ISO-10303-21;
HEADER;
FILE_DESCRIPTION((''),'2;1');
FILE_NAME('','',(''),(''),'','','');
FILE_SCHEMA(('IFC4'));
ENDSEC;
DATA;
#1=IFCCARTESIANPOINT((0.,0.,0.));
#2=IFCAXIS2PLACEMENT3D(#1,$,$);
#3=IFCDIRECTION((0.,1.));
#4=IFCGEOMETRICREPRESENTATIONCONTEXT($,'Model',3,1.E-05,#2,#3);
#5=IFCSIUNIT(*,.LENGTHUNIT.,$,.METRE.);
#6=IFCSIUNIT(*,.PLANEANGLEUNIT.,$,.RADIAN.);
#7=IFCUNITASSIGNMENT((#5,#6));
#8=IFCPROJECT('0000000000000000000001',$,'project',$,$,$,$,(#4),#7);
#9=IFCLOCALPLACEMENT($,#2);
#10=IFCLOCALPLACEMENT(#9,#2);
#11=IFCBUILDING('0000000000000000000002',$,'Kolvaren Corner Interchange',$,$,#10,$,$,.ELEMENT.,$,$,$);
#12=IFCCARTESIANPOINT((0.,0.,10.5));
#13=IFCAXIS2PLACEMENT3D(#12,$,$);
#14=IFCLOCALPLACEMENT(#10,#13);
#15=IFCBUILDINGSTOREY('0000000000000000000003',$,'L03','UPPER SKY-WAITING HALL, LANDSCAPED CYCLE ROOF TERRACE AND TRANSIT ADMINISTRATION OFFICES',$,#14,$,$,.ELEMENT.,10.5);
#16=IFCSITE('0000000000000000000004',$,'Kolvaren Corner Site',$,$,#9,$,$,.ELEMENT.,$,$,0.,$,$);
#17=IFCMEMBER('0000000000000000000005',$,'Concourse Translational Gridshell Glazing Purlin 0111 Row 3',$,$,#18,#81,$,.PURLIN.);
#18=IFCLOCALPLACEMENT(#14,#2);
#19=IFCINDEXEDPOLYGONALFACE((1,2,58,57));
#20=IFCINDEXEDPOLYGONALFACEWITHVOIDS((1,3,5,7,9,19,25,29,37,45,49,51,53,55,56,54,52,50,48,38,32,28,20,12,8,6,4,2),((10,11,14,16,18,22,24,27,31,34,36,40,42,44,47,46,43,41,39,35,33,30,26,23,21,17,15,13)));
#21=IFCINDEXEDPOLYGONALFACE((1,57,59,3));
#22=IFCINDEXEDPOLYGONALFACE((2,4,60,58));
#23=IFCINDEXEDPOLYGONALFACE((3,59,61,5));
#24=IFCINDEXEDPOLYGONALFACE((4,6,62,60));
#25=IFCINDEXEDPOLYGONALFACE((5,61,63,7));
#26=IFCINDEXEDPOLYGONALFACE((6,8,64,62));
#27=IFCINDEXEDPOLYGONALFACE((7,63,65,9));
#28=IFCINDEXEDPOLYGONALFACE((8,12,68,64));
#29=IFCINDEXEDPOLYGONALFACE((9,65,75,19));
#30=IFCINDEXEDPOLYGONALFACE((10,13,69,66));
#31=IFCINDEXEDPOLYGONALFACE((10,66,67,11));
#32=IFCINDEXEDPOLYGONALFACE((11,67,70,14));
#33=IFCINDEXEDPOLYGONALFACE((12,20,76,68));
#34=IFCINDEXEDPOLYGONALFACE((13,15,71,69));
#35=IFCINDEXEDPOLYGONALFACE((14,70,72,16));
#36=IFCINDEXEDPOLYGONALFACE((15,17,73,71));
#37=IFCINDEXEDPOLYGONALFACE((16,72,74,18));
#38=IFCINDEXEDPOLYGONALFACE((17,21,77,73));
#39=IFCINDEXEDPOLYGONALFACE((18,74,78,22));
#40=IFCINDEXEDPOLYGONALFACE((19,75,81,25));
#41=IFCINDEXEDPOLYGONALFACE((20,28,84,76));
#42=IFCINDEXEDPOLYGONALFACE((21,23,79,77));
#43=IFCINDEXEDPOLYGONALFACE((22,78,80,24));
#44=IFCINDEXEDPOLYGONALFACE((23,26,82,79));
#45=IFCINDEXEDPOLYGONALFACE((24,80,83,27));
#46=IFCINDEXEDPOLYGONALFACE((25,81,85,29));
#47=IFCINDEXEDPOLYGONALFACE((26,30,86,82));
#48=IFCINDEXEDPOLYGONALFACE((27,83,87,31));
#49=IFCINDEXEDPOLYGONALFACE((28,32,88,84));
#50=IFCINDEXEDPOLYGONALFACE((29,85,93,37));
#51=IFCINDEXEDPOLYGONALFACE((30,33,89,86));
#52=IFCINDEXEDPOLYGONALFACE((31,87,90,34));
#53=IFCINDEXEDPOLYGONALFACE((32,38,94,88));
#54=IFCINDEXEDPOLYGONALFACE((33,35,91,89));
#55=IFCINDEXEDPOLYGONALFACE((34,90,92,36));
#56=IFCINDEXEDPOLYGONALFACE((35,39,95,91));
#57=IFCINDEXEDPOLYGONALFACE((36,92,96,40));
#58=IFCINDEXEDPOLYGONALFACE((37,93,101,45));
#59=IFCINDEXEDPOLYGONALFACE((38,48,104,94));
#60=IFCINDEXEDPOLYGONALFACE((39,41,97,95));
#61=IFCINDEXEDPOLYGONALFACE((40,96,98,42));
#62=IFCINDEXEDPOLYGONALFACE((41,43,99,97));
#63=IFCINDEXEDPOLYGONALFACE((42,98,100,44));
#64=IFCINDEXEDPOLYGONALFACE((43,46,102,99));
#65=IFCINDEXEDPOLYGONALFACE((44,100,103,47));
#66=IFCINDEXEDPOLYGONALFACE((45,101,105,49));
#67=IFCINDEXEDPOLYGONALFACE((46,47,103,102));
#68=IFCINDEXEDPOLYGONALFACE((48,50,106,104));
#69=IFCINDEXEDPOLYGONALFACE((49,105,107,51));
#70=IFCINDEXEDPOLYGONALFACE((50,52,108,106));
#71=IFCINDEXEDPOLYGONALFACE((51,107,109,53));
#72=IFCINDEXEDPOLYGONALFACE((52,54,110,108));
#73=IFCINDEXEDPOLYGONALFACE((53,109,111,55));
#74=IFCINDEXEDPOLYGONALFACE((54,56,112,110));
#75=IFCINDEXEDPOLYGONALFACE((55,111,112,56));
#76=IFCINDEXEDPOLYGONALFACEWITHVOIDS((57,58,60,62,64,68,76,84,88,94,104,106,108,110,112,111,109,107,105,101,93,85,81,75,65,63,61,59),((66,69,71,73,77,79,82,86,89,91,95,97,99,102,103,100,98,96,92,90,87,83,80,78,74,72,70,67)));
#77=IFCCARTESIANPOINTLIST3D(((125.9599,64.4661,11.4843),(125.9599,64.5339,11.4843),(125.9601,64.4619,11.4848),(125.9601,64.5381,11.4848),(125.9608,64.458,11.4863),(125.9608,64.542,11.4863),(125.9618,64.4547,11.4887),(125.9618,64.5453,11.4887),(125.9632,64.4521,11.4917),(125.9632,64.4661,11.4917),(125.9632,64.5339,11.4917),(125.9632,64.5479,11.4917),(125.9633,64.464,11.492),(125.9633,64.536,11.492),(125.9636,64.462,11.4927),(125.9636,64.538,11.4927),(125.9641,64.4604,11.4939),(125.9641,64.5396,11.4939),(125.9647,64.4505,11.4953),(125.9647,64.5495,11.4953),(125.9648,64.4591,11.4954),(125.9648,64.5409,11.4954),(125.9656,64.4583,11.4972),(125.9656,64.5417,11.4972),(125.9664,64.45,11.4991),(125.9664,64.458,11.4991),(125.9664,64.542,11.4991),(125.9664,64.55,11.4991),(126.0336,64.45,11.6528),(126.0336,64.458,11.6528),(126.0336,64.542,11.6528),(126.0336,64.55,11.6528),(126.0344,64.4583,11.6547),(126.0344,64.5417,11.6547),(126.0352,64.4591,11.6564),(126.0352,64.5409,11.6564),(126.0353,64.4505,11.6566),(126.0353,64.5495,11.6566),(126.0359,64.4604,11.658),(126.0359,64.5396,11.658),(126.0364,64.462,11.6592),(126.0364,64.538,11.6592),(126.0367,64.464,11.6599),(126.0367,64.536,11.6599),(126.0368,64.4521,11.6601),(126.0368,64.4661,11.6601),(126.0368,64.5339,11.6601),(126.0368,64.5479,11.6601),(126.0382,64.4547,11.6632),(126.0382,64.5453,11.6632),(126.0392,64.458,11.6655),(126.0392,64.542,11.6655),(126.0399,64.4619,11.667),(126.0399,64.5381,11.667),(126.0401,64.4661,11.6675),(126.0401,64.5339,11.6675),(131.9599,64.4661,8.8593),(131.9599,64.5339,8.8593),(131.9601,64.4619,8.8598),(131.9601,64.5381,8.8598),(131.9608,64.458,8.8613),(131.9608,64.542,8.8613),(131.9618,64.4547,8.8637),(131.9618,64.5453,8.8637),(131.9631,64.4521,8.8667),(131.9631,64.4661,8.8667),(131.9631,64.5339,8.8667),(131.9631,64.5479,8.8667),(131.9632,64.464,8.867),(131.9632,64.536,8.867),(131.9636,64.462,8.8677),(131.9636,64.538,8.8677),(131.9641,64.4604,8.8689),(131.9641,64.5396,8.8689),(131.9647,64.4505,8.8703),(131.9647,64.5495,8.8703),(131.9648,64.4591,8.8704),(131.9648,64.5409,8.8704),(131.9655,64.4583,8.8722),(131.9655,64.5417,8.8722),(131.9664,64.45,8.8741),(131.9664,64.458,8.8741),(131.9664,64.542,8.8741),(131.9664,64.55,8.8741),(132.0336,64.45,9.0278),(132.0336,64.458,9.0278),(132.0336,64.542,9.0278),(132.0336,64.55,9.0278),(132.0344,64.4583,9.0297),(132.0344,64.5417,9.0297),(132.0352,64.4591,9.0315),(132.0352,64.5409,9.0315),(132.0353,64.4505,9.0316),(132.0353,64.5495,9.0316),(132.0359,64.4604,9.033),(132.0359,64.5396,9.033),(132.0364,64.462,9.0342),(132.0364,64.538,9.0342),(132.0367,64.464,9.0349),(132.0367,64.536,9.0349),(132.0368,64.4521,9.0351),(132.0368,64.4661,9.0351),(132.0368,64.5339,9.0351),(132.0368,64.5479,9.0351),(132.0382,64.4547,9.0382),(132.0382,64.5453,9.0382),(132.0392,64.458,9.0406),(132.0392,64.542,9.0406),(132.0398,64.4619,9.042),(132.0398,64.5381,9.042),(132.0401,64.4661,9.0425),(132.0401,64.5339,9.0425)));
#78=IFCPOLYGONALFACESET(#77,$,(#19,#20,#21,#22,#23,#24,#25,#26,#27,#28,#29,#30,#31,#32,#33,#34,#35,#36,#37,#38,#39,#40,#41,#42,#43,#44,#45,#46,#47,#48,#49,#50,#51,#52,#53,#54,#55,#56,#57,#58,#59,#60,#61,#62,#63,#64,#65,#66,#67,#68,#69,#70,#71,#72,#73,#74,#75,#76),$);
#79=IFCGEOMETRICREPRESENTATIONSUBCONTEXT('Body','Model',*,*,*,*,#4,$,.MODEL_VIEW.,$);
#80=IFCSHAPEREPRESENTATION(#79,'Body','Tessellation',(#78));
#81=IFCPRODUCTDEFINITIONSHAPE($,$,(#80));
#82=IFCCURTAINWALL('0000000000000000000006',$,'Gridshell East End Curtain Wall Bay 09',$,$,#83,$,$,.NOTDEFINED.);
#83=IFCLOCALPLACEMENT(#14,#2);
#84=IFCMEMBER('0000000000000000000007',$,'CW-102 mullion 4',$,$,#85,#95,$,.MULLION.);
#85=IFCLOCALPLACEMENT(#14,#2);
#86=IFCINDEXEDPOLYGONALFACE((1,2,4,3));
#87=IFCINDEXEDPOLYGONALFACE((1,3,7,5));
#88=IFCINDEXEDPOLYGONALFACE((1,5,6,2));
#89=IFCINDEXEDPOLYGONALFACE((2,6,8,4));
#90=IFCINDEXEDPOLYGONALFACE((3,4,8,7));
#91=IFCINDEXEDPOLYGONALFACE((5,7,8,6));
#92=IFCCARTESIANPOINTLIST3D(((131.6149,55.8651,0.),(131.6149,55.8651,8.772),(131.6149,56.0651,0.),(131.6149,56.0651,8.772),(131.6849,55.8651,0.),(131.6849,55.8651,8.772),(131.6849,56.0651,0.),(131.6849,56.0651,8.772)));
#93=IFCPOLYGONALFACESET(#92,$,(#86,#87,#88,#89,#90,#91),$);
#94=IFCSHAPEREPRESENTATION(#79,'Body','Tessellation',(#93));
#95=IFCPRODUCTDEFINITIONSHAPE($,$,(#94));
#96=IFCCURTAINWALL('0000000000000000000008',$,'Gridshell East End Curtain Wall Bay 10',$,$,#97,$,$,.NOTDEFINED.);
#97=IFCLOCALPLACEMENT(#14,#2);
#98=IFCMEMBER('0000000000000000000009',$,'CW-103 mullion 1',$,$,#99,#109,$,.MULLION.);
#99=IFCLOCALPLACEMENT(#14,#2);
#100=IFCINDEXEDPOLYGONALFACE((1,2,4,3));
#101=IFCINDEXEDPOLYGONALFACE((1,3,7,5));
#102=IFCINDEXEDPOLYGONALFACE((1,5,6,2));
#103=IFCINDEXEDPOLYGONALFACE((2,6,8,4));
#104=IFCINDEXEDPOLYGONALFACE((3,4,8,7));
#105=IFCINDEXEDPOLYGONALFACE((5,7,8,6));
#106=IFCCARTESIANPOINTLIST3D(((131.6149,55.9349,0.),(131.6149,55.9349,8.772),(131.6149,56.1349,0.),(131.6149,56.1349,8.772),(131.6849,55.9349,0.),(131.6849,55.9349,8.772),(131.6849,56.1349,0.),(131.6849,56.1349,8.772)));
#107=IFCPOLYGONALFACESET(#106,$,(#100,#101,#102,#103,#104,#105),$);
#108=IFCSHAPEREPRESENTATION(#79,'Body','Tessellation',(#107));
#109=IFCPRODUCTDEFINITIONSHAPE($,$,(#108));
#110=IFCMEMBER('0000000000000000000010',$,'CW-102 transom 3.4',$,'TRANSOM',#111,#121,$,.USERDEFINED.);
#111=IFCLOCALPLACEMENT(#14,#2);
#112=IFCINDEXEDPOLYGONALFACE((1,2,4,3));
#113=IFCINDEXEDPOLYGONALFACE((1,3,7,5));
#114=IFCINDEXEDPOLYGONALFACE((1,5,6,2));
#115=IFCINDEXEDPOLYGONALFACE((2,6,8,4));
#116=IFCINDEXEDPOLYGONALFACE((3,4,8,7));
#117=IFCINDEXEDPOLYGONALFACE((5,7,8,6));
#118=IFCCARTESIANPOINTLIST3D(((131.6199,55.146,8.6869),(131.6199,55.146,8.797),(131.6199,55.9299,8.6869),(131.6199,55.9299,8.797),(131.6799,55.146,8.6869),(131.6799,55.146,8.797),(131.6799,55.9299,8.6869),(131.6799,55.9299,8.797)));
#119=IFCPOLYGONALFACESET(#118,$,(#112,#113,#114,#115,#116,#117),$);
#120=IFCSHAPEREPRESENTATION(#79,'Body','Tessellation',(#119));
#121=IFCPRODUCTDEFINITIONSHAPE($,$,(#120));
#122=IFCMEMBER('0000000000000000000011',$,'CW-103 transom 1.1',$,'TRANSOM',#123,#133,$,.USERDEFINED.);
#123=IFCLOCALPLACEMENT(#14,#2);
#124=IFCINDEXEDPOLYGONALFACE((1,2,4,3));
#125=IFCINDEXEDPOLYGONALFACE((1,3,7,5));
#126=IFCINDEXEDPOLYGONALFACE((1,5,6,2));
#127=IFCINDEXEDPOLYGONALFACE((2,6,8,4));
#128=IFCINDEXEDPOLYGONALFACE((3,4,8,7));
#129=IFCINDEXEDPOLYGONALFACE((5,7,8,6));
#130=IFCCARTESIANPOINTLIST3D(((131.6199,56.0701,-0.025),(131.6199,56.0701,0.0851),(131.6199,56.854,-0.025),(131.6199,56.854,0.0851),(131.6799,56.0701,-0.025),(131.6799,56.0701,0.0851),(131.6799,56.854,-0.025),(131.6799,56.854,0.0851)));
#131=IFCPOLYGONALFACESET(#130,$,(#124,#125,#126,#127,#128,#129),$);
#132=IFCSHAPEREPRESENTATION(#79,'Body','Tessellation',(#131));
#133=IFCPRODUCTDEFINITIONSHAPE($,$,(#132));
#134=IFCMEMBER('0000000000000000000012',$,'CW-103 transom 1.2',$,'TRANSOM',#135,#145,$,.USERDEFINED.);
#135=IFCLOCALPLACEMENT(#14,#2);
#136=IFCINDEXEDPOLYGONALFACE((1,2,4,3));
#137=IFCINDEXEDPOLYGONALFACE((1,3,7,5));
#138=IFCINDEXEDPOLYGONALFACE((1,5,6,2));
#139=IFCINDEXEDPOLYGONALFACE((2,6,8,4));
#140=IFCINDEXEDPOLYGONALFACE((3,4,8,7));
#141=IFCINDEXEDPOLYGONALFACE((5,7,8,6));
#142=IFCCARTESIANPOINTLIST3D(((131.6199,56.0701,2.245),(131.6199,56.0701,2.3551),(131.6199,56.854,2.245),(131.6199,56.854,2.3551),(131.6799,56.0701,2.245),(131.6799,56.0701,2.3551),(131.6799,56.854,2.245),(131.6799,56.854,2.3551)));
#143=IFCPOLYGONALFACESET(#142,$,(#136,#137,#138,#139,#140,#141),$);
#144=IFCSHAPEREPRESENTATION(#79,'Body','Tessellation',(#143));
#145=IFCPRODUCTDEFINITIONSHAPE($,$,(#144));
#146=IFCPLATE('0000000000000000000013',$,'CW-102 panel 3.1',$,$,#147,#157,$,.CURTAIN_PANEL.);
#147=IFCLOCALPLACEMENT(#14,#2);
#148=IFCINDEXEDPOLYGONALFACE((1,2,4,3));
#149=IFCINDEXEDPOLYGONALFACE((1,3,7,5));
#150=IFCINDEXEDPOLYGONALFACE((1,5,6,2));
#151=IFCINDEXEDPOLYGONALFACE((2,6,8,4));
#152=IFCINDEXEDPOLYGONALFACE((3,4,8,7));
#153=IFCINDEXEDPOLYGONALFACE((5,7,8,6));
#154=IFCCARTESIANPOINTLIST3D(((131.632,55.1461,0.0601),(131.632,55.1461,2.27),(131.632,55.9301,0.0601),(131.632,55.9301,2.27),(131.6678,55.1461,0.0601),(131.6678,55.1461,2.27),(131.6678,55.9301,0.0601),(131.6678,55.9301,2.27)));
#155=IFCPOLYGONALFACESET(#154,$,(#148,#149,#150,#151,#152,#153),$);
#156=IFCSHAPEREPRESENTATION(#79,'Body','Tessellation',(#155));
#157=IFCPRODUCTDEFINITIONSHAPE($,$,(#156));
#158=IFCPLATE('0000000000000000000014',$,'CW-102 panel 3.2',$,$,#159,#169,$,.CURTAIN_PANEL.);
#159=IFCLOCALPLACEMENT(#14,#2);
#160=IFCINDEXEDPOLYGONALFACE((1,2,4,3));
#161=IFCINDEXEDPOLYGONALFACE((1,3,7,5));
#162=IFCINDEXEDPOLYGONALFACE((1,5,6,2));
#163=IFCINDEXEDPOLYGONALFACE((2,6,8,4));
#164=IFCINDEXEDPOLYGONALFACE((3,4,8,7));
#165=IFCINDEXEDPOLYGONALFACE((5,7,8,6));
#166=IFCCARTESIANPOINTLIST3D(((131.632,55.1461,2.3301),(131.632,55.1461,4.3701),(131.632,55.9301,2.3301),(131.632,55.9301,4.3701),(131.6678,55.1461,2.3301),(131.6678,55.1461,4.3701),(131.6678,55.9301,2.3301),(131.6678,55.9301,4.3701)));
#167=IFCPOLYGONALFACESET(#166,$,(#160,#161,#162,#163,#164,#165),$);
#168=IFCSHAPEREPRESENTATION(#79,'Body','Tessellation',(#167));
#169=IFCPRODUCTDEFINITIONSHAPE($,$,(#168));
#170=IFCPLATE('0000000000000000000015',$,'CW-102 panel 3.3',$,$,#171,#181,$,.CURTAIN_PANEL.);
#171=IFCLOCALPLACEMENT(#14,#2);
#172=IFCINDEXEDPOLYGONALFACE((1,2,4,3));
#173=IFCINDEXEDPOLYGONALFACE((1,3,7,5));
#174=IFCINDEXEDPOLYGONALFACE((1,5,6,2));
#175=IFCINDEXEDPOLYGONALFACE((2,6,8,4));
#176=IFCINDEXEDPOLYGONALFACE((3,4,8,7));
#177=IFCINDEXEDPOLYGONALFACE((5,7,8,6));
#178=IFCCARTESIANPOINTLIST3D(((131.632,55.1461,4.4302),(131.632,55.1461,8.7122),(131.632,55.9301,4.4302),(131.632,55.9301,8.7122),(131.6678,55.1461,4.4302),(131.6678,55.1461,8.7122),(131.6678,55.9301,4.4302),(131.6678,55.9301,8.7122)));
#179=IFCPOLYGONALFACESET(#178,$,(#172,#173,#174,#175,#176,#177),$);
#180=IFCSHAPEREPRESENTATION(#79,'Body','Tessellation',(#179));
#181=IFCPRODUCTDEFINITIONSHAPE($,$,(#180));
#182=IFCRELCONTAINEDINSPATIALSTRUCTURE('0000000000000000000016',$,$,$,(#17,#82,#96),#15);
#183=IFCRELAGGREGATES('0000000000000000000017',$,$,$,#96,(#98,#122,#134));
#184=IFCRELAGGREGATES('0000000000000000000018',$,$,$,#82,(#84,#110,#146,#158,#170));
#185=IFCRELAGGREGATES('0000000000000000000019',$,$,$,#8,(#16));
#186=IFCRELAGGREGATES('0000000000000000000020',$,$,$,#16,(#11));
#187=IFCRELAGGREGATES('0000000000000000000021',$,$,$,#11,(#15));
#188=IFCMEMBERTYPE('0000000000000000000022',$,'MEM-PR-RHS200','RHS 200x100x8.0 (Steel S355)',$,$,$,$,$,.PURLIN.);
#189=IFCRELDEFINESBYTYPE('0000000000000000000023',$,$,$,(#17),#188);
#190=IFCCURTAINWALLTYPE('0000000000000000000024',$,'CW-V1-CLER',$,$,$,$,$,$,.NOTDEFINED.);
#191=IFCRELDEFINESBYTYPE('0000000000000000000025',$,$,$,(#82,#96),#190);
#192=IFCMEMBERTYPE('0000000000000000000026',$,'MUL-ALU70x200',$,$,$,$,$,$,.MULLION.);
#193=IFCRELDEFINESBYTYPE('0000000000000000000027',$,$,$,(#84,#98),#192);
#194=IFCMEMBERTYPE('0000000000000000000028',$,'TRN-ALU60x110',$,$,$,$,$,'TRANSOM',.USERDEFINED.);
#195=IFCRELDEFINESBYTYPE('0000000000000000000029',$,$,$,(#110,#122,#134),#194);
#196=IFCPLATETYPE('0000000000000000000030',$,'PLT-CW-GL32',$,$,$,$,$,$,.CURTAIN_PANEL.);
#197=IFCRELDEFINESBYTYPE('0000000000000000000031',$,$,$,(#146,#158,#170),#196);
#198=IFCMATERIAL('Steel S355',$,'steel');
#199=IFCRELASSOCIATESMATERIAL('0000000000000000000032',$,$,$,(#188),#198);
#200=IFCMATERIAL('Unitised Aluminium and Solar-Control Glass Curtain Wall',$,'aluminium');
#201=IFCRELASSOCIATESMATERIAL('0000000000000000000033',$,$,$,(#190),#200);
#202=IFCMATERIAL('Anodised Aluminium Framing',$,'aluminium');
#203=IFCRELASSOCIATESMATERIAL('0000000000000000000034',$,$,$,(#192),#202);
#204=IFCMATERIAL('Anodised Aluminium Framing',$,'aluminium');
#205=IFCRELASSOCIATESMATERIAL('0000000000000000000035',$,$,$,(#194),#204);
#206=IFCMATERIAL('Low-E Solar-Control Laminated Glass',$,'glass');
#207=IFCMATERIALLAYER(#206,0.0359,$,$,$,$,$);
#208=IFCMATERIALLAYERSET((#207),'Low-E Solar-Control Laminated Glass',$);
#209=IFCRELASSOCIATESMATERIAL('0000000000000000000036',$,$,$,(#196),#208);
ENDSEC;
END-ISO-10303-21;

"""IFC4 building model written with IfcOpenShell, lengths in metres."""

from ifc_helpers import new_model, si_unit, direction, frame, origin, origin_2d, place, context, subcontext, project, spatial, rectangle, hollow_rectangle, extrude, material, layer, layer_set, material_profile, profile_set, type_object, element, aggregate, save


model = new_model("IFC4")

# Units and contexts
model_context = context("Model", 3, precision=1e-05, world=origin(), true_north=direction((0.0, 1.0)))
body_context = subcontext(model_context, "Body", "Model", "MODEL_VIEW")
ifc_project = project(units=[si_unit("LENGTHUNIT", "METRE"), si_unit("PLANEANGLEUNIT", "RADIAN")], contexts=[model_context])

# Site, building, storey
site_placement = place(None, origin())
site = spatial("IfcSite", under=ifc_project, at=site_placement, Name="Kolvaren Corner Site", CompositionType="ELEMENT", RefElevation=0.0)
building_placement = place(site_placement, origin())
building = spatial("IfcBuilding", under=site, at=building_placement, Name="Kolvaren Corner Interchange", CompositionType="ELEMENT")
storey_placement = place(building_placement, frame((0.0, 0.0, 10.5)))
storey = spatial("IfcBuildingStorey", under=building, at=storey_placement, Name="L03", Description="UPPER SKY-WAITING HALL, LANDSCAPED CYCLE ROOF TERRACE AND TRANSIT ADMINISTRATION OFFICES", CompositionType="ELEMENT", Elevation=10.5)

# Member
ifc_material_1 = material(Name="Steel S355", Category="steel")
ifc_material_profile_1 = material_profile(ifc_material_1, hollow_rectangle(XDim=0.1001, YDim=0.2, WallThickness=0.0081, InnerFilletRadius=0.0081, OuterFilletRadius=0.0161, at=origin_2d()), Name="RHS 200x100x8.0")
ifc_profile_set_1 = profile_set([ifc_material_profile_1], Name="Steel S355")
member_type_1 = type_object("IfcMemberType", Name="MEM-PR-RHS200", Description="RHS 200x100x8.0 (Steel S355)", PredefinedType="PURLIN", material=ifc_profile_set_1)
for number, where, z_axis, x_axis, name in (
    (1, (126.0, 64.5, 11.5759), (0.916157, 0.0, -0.400819), (0.0, 1.0, 0.0), "Concourse Translational Gridshell Glazing Purlin 0111 Row 3"),
):
    element("IfcMember", number, at=place(storey_placement, frame(where, z_axis=z_axis, x_axis=x_axis)), inside=storey, type_object=member_type_1, Name=name, PredefinedType="PURLIN", context=body_context, shape_type="SweptSolid", body=[
        extrude(hollow_rectangle(XDim=0.1001, YDim=0.2, WallThickness=0.0081, InnerFilletRadius=0.0081, OuterFilletRadius=0.0161, at=origin_2d()), origin(), (0.0, 0.0, 1.0), 6.5491),
    ])

# Curtain walls, members
ifc_material_2 = material(Name="Unitised Aluminium and Solar-Control Glass Curtain Wall", Category="aluminium")
curtain_wall_type = type_object("IfcCurtainWallType", Name="CW-V1-CLER", PredefinedType="NOTDEFINED", material=ifc_material_2)
curtain_wall_1_placement = place(storey_placement, origin())
curtain_wall_1 = element("IfcCurtainWall", 2, at=curtain_wall_1_placement, inside=storey, type_object=curtain_wall_type, Name="Gridshell East End Curtain Wall Bay 09", PredefinedType="NOTDEFINED")
ifc_material_3 = material(Name="Anodised Aluminium Framing", Category="aluminium")
ifc_material_profile_2 = material_profile(ifc_material_3, rectangle(XDim=0.0701, YDim=0.2, at=origin_2d()), Name="ALU 70x200")
ifc_profile_set_2 = profile_set([ifc_material_profile_2], Name="Anodised Aluminium Framing")
member_type_2 = type_object("IfcMemberType", Name="MUL-ALU70x200", PredefinedType="MULLION", material=ifc_profile_set_2)
member_1_placement = place(storey_placement, frame((131.6499, 55.9651, 0.0), z_axis=(0.0, 0.0, 1.0), x_axis=(-1.0, 0.0, 0.0)))
member_1 = element("IfcMember", 3, at=member_1_placement, type_object=member_type_2, Name="CW-102 mullion 4", PredefinedType="MULLION", context=body_context, shape_type="SweptSolid", body=[
    extrude(rectangle(XDim=0.0701, YDim=0.2, at=origin_2d()), origin(), (0.0, 0.0, 1.0), 8.772),
])
curtain_wall_2_placement = place(storey_placement, origin())
curtain_wall_2 = element("IfcCurtainWall", 4, at=curtain_wall_2_placement, inside=storey, type_object=curtain_wall_type, Name="Gridshell East End Curtain Wall Bay 10", PredefinedType="NOTDEFINED")
member_2_placement = place(storey_placement, frame((131.6499, 56.0349, 0.0), z_axis=(0.0, 0.0, 1.0), x_axis=(-1.0, 0.0, 0.0)))
member_2 = element("IfcMember", 5, at=member_2_placement, type_object=member_type_2, Name="CW-103 mullion 1", PredefinedType="MULLION", context=body_context, shape_type="SweptSolid", body=[
    extrude(rectangle(XDim=0.0701, YDim=0.2, at=origin_2d()), origin(), (0.0, 0.0, 1.0), 8.772),
])

# Members
ifc_material_4 = material(Name="Anodised Aluminium Framing", Category="aluminium")
ifc_material_profile_3 = material_profile(ifc_material_4, rectangle(XDim=0.0601, YDim=0.1101, at=origin_2d()), Name="ALU 60x110")
ifc_profile_set_3 = profile_set([ifc_material_profile_3], Name="Anodised Aluminium Framing")
member_type_3 = type_object("IfcMemberType", Name="TRN-ALU60x110", ElementType="TRANSOM", PredefinedType="USERDEFINED", material=ifc_profile_set_3)
member_3_placement = place(storey_placement, frame((131.6499, 55.146, 8.7419), z_axis=(0.0, 1.0, 0.0), x_axis=(-1.0, 0.0, 0.0)))
member_3 = element("IfcMember", 6, at=member_3_placement, type_object=member_type_3, Name="CW-102 transom 3.4", ObjectType="TRANSOM", PredefinedType="USERDEFINED", context=body_context, shape_type="SweptSolid", body=[
    extrude(rectangle(XDim=0.0601, YDim=0.1101, at=origin_2d()), origin(), (0.0, 0.0, 1.0), 0.7839),
])
member_4_placement = place(storey_placement, frame((131.6499, 56.0701, 0.03), z_axis=(0.0, 1.0, 0.0), x_axis=(-1.0, 0.0, 0.0)))
member_4 = element("IfcMember", 7, at=member_4_placement, type_object=member_type_3, Name="CW-103 transom 1.1", ObjectType="TRANSOM", PredefinedType="USERDEFINED", context=body_context, shape_type="SweptSolid", body=[
    extrude(rectangle(XDim=0.0601, YDim=0.1101, at=origin_2d()), origin(), (0.0, 0.0, 1.0), 0.7839),
])
member_5_placement = place(storey_placement, frame((131.6499, 56.0701, 2.3), z_axis=(0.0, 1.0, 0.0), x_axis=(-1.0, 0.0, 0.0)))
member_5 = element("IfcMember", 8, at=member_5_placement, type_object=member_type_3, Name="CW-103 transom 1.2", ObjectType="TRANSOM", PredefinedType="USERDEFINED", context=body_context, shape_type="SweptSolid", body=[
    extrude(rectangle(XDim=0.0601, YDim=0.1101, at=origin_2d()), origin(), (0.0, 0.0, 1.0), 0.7839),
])
aggregate(curtain_wall_2, [member_2, member_4, member_5])

# Plates
ifc_material_5 = material(Name="Low-E Solar-Control Laminated Glass", Category="glass")
ifc_layer = layer(ifc_material_5, 0.0359)
ifc_layer_set = layer_set([ifc_layer], Name="Low-E Solar-Control Laminated Glass")
plate_type = type_object("IfcPlateType", Name="PLT-CW-GL32", PredefinedType="CURTAIN_PANEL", material=ifc_layer_set)
plate_1_placement = place(storey_placement, frame((131.6499, 55.5381, 0.0601), z_axis=(0.0, 0.0, 1.0), x_axis=(0.0, 1.0, 0.0)))
plate_1 = element("IfcPlate", 9, at=plate_1_placement, type_object=plate_type, Name="CW-102 panel 3.1", PredefinedType="CURTAIN_PANEL", context=body_context, shape_type="SweptSolid", body=[
    extrude(rectangle(XDim=0.7839, YDim=0.0359, at=origin_2d()), origin(), (0.0, 0.0, 1.0), 2.21),
])
plate_2_placement = place(storey_placement, frame((131.6499, 55.5381, 2.3301), z_axis=(0.0, 0.0, 1.0), x_axis=(0.0, 1.0, 0.0)))
plate_2 = element("IfcPlate", 10, at=plate_2_placement, type_object=plate_type, Name="CW-102 panel 3.2", PredefinedType="CURTAIN_PANEL", context=body_context, shape_type="SweptSolid", body=[
    extrude(rectangle(XDim=0.7839, YDim=0.0359, at=origin_2d()), origin(), (0.0, 0.0, 1.0), 2.04),
])
plate_3_placement = place(storey_placement, frame((131.6499, 55.5381, 4.4302), z_axis=(0.0, 0.0, 1.0), x_axis=(0.0, 1.0, 0.0)))
plate_3 = element("IfcPlate", 11, at=plate_3_placement, type_object=plate_type, Name="CW-102 panel 3.3", PredefinedType="CURTAIN_PANEL", context=body_context, shape_type="SweptSolid", body=[
    extrude(rectangle(XDim=0.7839, YDim=0.0359, at=origin_2d()), origin(), (0.0, 0.0, 1.0), 4.282),
])
aggregate(curtain_wall_1, [member_1, member_3, plate_1, plate_2, plate_3])

save(model, "model.ifc")
